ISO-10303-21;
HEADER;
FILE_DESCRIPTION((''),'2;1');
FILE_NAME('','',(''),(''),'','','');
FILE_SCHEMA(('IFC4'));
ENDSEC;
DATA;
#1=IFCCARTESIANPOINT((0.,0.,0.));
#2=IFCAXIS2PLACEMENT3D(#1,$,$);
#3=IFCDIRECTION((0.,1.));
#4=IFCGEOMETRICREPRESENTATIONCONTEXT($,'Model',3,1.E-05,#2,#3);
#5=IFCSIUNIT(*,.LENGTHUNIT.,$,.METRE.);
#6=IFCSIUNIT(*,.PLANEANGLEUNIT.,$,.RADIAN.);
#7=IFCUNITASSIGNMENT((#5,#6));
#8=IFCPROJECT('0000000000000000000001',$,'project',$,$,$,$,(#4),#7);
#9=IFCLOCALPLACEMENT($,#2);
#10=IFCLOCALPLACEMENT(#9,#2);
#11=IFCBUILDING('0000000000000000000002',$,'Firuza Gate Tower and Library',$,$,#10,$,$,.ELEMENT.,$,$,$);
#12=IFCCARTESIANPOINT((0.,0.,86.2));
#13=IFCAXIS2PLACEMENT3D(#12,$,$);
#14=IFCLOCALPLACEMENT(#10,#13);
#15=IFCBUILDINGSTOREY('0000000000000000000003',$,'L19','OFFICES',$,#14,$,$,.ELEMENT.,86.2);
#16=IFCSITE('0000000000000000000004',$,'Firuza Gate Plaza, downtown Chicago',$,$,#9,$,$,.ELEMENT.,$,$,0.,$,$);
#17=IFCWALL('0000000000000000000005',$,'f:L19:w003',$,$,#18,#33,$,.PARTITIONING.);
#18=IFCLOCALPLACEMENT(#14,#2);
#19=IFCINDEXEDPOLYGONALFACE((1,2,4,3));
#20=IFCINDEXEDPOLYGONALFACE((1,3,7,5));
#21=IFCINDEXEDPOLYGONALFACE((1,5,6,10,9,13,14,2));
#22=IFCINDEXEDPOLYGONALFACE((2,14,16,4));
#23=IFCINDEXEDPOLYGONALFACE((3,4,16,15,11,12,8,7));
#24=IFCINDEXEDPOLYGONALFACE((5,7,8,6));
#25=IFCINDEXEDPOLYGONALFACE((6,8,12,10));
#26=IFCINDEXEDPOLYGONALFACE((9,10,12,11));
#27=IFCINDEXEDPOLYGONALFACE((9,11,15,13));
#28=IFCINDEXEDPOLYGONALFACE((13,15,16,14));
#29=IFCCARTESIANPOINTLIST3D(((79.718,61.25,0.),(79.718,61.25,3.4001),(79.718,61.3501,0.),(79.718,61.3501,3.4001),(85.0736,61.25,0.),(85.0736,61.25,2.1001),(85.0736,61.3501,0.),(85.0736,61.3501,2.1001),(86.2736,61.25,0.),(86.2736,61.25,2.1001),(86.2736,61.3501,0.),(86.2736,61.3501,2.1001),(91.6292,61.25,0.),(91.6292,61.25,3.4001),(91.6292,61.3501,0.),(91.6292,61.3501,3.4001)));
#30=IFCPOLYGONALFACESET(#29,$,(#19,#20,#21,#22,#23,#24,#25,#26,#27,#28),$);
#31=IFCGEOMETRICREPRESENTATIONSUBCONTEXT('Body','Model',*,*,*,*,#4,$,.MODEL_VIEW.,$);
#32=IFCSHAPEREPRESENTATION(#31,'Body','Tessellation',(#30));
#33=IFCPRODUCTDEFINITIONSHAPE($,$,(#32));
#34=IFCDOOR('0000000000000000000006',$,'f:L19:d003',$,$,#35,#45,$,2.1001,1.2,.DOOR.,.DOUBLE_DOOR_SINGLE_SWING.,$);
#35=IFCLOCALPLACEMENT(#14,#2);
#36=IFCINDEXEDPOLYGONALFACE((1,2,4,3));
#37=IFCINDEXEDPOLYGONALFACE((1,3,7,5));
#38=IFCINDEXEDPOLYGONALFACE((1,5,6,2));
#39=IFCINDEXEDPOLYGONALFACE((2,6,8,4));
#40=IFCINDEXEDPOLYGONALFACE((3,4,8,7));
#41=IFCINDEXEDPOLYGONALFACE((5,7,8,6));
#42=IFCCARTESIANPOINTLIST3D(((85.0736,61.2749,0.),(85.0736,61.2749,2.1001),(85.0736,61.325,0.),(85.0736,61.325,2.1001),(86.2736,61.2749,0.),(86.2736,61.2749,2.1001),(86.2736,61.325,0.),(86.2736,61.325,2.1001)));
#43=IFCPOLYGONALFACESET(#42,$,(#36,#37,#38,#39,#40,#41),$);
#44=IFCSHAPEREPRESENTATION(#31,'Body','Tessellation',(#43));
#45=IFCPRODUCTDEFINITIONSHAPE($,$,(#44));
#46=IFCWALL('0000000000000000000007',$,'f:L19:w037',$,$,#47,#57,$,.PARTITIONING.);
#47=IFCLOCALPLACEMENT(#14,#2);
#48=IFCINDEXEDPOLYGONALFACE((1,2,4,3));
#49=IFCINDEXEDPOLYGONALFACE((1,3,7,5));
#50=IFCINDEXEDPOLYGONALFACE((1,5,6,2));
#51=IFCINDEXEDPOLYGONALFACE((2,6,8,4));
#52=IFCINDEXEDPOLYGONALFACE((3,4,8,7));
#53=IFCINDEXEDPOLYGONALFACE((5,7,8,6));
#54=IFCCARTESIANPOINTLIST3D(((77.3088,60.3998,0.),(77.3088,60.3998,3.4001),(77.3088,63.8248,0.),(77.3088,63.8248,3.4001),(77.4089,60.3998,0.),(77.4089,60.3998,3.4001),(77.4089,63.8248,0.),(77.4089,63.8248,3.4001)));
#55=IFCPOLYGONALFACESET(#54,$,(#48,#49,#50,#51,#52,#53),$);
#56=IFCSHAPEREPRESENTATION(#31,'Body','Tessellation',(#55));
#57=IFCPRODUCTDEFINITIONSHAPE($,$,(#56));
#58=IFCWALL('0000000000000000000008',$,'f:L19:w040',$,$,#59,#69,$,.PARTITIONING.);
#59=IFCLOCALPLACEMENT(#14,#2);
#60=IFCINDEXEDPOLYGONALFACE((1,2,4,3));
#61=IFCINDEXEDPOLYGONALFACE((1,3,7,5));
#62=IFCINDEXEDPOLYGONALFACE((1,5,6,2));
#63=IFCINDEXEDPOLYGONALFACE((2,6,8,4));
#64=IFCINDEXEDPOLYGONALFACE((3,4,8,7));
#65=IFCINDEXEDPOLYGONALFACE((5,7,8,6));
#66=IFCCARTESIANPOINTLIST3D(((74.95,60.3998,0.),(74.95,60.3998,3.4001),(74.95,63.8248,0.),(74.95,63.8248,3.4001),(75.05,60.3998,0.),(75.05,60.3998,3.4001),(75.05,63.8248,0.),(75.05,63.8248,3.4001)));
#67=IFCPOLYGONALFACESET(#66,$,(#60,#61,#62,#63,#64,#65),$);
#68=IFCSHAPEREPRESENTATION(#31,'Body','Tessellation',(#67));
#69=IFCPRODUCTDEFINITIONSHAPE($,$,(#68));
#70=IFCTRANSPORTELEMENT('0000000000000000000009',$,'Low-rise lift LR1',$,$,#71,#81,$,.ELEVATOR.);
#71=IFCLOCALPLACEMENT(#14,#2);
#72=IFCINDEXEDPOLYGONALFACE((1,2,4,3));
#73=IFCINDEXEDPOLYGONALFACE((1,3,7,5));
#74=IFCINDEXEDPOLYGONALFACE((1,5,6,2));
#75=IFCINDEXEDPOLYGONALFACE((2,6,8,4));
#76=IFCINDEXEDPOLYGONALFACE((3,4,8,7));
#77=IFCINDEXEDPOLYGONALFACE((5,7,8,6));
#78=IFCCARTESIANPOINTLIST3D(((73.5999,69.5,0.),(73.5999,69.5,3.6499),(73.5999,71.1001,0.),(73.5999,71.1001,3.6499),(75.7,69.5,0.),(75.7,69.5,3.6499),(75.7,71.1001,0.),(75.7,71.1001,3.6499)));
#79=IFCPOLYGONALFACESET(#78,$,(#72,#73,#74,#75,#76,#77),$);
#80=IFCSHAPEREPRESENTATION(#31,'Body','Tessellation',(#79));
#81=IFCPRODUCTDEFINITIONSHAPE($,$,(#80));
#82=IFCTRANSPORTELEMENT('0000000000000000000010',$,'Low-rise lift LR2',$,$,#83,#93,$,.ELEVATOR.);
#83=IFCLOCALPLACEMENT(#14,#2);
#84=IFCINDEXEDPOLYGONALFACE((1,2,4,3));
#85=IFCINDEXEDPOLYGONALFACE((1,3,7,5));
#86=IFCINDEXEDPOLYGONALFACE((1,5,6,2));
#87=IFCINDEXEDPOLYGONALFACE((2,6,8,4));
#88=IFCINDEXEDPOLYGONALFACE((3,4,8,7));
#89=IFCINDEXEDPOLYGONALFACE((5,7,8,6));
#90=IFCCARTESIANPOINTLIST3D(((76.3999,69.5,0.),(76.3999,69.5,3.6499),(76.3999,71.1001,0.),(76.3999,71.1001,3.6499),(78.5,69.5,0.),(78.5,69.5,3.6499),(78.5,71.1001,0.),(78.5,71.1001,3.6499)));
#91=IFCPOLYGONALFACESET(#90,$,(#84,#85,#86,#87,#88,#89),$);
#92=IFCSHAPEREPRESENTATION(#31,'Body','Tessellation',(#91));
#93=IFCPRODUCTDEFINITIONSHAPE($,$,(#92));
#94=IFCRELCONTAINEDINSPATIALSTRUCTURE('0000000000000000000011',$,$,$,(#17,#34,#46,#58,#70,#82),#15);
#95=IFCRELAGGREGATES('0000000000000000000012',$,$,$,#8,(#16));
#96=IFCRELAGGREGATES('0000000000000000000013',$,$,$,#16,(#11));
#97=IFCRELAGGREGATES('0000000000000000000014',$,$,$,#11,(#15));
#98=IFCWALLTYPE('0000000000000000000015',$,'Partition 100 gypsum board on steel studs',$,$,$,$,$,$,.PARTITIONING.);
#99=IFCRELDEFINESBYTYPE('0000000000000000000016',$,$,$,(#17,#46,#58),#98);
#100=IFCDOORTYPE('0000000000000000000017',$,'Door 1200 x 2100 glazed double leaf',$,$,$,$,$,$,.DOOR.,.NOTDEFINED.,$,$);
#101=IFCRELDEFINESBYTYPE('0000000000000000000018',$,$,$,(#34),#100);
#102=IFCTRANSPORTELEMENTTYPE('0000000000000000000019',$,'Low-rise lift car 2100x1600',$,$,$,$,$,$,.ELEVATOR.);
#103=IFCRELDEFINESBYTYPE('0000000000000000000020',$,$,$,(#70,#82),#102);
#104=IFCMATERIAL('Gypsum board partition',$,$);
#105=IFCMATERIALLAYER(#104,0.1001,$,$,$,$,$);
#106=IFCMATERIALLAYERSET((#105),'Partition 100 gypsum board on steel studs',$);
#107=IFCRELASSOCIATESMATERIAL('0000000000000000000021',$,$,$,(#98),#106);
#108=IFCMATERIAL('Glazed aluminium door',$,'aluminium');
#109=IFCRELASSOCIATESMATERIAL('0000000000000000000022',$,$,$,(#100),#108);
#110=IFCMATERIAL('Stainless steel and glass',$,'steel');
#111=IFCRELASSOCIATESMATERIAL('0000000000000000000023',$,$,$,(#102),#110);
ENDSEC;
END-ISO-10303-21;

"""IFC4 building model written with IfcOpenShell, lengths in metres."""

from ifc_helpers import new_model, si_unit, direction, frame, frame_2d, origin, origin_2d, place, context, subcontext, project, spatial, rectangle, extrude, material, layer, layer_set, type_object, element, fill, save


model = new_model("IFC4")

# Units and contexts
model_context = context("Model", 3, precision=1e-05, world=origin(), true_north=direction((0.0, 1.0)))
body_context = subcontext(model_context, "Body", "Model", "MODEL_VIEW")
ifc_project = project(units=[si_unit("LENGTHUNIT", "METRE"), si_unit("PLANEANGLEUNIT", "RADIAN")], contexts=[model_context])

# Site, building, storey
site_placement = place(None, origin())
site = spatial("IfcSite", under=ifc_project, at=site_placement, Name="Firuza Gate Plaza, downtown Chicago", CompositionType="ELEMENT", RefElevation=0.0)
building_placement = place(site_placement, origin())
building = spatial("IfcBuilding", under=site, at=building_placement, Name="Firuza Gate Tower and Library", CompositionType="ELEMENT")
storey_placement = place(building_placement, frame((0.0, 0.0, 86.2)))
storey = spatial("IfcBuildingStorey", under=building, at=storey_placement, Name="L19", Description="OFFICES", CompositionType="ELEMENT", Elevation=86.2)

# Wall, opening, door
ifc_material_1 = material(Name="Gypsum board partition")
ifc_layer_1 = layer(ifc_material_1, 0.1001)
ifc_layer_set_1 = layer_set([ifc_layer_1], Name="Partition 100 gypsum board on steel studs")
wall_type_1 = type_object("IfcWallType", Name="Partition 100 gypsum board on steel studs", PredefinedType="PARTITIONING", material=ifc_layer_set_1)
wall_1_placement = place(storey_placement, frame((79.718, 61.3, 0.0), z_axis=(0.0, 0.0, 1.0), x_axis=(1.0, 0.0, 0.0)))
wall_1 = element("IfcWall", 1, at=wall_1_placement, inside=storey, type_object=wall_type_1, Name="f:L19:w003", PredefinedType="PARTITIONING", context=body_context, shape_type="SweptSolid", body=[
    extrude(rectangle(XDim=11.9111, YDim=0.1001, at=frame_2d((5.9556, 0.0))), origin(), (0.0, 0.0, 1.0), 3.4001),
])
opening_1_placement = place(wall_1_placement, frame((5.3555, 0.0, 0.0)))
opening_1 = element("IfcOpeningElement", 2, at=opening_1_placement, cuts=wall_1, PredefinedType="OPENING", context=body_context, shape_type="SweptSolid", body=[
    extrude(rectangle(XDim=1.2, YDim=2.1001, at=frame_2d((0.6001, 1.05))), frame((0.0, 0.0601, 0.0), z_axis=(0.0, -1.0, 0.0), x_axis=(1.0, 0.0, 0.0)), (0.0, 0.0, 1.0), 0.1201),
])
ifc_material_2 = material(Name="Glazed aluminium door", Category="aluminium")
door_type_1 = type_object("IfcDoorType", Name="Door 1200 x 2100 glazed double leaf", OperationType="NOTDEFINED", PredefinedType="DOOR", material=ifc_material_2)
door_1_placement = place(opening_1_placement, origin())
door_1 = element("IfcDoor", 3, at=door_1_placement, inside=storey, type_object=door_type_1, Name="f:L19:d003", OperationType="DOUBLE_DOOR_SINGLE_SWING", OverallHeight=2.1001, OverallWidth=1.2, PredefinedType="DOOR", context=body_context, shape_type="SweptSolid", body=[
    extrude(rectangle(XDim=1.2, YDim=2.1001, at=frame_2d((0.6001, 1.05))), frame((0.0, 0.0249, 0.0), z_axis=(0.0, -1.0, 0.0), x_axis=(1.0, 0.0, 0.0)), (0.0, 0.0, 1.0), 0.05),
])
fill(opening_1, door_1)

# Walls
for number, where, z_axis, x_axis, name in (
    (4, (77.3589, 60.3999, 0.0), (0.0, 0.0, 1.0), (0.0, 1.0, 0.0), "f:L19:w037"),
    (5, (75.0, 60.3999, 0.0), (0.0, 0.0, 1.0), (0.0, 1.0, 0.0), "f:L19:w040"),
):
    element("IfcWall", number, at=place(storey_placement, frame(where, z_axis=z_axis, x_axis=x_axis)), inside=storey, type_object=wall_type_1, Name=name, PredefinedType="PARTITIONING", context=body_context, shape_type="SweptSolid", body=[
        extrude(rectangle(XDim=3.425, YDim=0.1001, at=frame_2d((1.7124, 0.0))), origin(), (0.0, 0.0, 1.0), 3.4001),
    ])

# Transport elements
ifc_material_3 = material(Name="Stainless steel and glass", Category="steel")
transport_element_type = type_object("IfcTransportElementType", Name="Low-rise lift car 2100x1600", PredefinedType="ELEVATOR", material=ifc_material_3)
for number, where, z_axis, x_axis, name in (
    (6, (74.6499, 70.3, 0.0), (0.0, 0.0, 1.0), (1.0, 0.0, 0.0), "Low-rise lift LR1"),
    (7, (77.45, 70.3, 0.0), (0.0, 0.0, 1.0), (1.0, 0.0, 0.0), "Low-rise lift LR2"),
):
    element("IfcTransportElement", number, at=place(storey_placement, frame(where, z_axis=z_axis, x_axis=x_axis)), inside=storey, type_object=transport_element_type, Name=name, PredefinedType="ELEVATOR", context=body_context, shape_type="SweptSolid", body=[
        extrude(rectangle(XDim=2.1001, YDim=1.6001, at=origin_2d()), origin(), (0.0, 0.0, 1.0), 3.6499),
    ])

save(model, "model.ifc")
